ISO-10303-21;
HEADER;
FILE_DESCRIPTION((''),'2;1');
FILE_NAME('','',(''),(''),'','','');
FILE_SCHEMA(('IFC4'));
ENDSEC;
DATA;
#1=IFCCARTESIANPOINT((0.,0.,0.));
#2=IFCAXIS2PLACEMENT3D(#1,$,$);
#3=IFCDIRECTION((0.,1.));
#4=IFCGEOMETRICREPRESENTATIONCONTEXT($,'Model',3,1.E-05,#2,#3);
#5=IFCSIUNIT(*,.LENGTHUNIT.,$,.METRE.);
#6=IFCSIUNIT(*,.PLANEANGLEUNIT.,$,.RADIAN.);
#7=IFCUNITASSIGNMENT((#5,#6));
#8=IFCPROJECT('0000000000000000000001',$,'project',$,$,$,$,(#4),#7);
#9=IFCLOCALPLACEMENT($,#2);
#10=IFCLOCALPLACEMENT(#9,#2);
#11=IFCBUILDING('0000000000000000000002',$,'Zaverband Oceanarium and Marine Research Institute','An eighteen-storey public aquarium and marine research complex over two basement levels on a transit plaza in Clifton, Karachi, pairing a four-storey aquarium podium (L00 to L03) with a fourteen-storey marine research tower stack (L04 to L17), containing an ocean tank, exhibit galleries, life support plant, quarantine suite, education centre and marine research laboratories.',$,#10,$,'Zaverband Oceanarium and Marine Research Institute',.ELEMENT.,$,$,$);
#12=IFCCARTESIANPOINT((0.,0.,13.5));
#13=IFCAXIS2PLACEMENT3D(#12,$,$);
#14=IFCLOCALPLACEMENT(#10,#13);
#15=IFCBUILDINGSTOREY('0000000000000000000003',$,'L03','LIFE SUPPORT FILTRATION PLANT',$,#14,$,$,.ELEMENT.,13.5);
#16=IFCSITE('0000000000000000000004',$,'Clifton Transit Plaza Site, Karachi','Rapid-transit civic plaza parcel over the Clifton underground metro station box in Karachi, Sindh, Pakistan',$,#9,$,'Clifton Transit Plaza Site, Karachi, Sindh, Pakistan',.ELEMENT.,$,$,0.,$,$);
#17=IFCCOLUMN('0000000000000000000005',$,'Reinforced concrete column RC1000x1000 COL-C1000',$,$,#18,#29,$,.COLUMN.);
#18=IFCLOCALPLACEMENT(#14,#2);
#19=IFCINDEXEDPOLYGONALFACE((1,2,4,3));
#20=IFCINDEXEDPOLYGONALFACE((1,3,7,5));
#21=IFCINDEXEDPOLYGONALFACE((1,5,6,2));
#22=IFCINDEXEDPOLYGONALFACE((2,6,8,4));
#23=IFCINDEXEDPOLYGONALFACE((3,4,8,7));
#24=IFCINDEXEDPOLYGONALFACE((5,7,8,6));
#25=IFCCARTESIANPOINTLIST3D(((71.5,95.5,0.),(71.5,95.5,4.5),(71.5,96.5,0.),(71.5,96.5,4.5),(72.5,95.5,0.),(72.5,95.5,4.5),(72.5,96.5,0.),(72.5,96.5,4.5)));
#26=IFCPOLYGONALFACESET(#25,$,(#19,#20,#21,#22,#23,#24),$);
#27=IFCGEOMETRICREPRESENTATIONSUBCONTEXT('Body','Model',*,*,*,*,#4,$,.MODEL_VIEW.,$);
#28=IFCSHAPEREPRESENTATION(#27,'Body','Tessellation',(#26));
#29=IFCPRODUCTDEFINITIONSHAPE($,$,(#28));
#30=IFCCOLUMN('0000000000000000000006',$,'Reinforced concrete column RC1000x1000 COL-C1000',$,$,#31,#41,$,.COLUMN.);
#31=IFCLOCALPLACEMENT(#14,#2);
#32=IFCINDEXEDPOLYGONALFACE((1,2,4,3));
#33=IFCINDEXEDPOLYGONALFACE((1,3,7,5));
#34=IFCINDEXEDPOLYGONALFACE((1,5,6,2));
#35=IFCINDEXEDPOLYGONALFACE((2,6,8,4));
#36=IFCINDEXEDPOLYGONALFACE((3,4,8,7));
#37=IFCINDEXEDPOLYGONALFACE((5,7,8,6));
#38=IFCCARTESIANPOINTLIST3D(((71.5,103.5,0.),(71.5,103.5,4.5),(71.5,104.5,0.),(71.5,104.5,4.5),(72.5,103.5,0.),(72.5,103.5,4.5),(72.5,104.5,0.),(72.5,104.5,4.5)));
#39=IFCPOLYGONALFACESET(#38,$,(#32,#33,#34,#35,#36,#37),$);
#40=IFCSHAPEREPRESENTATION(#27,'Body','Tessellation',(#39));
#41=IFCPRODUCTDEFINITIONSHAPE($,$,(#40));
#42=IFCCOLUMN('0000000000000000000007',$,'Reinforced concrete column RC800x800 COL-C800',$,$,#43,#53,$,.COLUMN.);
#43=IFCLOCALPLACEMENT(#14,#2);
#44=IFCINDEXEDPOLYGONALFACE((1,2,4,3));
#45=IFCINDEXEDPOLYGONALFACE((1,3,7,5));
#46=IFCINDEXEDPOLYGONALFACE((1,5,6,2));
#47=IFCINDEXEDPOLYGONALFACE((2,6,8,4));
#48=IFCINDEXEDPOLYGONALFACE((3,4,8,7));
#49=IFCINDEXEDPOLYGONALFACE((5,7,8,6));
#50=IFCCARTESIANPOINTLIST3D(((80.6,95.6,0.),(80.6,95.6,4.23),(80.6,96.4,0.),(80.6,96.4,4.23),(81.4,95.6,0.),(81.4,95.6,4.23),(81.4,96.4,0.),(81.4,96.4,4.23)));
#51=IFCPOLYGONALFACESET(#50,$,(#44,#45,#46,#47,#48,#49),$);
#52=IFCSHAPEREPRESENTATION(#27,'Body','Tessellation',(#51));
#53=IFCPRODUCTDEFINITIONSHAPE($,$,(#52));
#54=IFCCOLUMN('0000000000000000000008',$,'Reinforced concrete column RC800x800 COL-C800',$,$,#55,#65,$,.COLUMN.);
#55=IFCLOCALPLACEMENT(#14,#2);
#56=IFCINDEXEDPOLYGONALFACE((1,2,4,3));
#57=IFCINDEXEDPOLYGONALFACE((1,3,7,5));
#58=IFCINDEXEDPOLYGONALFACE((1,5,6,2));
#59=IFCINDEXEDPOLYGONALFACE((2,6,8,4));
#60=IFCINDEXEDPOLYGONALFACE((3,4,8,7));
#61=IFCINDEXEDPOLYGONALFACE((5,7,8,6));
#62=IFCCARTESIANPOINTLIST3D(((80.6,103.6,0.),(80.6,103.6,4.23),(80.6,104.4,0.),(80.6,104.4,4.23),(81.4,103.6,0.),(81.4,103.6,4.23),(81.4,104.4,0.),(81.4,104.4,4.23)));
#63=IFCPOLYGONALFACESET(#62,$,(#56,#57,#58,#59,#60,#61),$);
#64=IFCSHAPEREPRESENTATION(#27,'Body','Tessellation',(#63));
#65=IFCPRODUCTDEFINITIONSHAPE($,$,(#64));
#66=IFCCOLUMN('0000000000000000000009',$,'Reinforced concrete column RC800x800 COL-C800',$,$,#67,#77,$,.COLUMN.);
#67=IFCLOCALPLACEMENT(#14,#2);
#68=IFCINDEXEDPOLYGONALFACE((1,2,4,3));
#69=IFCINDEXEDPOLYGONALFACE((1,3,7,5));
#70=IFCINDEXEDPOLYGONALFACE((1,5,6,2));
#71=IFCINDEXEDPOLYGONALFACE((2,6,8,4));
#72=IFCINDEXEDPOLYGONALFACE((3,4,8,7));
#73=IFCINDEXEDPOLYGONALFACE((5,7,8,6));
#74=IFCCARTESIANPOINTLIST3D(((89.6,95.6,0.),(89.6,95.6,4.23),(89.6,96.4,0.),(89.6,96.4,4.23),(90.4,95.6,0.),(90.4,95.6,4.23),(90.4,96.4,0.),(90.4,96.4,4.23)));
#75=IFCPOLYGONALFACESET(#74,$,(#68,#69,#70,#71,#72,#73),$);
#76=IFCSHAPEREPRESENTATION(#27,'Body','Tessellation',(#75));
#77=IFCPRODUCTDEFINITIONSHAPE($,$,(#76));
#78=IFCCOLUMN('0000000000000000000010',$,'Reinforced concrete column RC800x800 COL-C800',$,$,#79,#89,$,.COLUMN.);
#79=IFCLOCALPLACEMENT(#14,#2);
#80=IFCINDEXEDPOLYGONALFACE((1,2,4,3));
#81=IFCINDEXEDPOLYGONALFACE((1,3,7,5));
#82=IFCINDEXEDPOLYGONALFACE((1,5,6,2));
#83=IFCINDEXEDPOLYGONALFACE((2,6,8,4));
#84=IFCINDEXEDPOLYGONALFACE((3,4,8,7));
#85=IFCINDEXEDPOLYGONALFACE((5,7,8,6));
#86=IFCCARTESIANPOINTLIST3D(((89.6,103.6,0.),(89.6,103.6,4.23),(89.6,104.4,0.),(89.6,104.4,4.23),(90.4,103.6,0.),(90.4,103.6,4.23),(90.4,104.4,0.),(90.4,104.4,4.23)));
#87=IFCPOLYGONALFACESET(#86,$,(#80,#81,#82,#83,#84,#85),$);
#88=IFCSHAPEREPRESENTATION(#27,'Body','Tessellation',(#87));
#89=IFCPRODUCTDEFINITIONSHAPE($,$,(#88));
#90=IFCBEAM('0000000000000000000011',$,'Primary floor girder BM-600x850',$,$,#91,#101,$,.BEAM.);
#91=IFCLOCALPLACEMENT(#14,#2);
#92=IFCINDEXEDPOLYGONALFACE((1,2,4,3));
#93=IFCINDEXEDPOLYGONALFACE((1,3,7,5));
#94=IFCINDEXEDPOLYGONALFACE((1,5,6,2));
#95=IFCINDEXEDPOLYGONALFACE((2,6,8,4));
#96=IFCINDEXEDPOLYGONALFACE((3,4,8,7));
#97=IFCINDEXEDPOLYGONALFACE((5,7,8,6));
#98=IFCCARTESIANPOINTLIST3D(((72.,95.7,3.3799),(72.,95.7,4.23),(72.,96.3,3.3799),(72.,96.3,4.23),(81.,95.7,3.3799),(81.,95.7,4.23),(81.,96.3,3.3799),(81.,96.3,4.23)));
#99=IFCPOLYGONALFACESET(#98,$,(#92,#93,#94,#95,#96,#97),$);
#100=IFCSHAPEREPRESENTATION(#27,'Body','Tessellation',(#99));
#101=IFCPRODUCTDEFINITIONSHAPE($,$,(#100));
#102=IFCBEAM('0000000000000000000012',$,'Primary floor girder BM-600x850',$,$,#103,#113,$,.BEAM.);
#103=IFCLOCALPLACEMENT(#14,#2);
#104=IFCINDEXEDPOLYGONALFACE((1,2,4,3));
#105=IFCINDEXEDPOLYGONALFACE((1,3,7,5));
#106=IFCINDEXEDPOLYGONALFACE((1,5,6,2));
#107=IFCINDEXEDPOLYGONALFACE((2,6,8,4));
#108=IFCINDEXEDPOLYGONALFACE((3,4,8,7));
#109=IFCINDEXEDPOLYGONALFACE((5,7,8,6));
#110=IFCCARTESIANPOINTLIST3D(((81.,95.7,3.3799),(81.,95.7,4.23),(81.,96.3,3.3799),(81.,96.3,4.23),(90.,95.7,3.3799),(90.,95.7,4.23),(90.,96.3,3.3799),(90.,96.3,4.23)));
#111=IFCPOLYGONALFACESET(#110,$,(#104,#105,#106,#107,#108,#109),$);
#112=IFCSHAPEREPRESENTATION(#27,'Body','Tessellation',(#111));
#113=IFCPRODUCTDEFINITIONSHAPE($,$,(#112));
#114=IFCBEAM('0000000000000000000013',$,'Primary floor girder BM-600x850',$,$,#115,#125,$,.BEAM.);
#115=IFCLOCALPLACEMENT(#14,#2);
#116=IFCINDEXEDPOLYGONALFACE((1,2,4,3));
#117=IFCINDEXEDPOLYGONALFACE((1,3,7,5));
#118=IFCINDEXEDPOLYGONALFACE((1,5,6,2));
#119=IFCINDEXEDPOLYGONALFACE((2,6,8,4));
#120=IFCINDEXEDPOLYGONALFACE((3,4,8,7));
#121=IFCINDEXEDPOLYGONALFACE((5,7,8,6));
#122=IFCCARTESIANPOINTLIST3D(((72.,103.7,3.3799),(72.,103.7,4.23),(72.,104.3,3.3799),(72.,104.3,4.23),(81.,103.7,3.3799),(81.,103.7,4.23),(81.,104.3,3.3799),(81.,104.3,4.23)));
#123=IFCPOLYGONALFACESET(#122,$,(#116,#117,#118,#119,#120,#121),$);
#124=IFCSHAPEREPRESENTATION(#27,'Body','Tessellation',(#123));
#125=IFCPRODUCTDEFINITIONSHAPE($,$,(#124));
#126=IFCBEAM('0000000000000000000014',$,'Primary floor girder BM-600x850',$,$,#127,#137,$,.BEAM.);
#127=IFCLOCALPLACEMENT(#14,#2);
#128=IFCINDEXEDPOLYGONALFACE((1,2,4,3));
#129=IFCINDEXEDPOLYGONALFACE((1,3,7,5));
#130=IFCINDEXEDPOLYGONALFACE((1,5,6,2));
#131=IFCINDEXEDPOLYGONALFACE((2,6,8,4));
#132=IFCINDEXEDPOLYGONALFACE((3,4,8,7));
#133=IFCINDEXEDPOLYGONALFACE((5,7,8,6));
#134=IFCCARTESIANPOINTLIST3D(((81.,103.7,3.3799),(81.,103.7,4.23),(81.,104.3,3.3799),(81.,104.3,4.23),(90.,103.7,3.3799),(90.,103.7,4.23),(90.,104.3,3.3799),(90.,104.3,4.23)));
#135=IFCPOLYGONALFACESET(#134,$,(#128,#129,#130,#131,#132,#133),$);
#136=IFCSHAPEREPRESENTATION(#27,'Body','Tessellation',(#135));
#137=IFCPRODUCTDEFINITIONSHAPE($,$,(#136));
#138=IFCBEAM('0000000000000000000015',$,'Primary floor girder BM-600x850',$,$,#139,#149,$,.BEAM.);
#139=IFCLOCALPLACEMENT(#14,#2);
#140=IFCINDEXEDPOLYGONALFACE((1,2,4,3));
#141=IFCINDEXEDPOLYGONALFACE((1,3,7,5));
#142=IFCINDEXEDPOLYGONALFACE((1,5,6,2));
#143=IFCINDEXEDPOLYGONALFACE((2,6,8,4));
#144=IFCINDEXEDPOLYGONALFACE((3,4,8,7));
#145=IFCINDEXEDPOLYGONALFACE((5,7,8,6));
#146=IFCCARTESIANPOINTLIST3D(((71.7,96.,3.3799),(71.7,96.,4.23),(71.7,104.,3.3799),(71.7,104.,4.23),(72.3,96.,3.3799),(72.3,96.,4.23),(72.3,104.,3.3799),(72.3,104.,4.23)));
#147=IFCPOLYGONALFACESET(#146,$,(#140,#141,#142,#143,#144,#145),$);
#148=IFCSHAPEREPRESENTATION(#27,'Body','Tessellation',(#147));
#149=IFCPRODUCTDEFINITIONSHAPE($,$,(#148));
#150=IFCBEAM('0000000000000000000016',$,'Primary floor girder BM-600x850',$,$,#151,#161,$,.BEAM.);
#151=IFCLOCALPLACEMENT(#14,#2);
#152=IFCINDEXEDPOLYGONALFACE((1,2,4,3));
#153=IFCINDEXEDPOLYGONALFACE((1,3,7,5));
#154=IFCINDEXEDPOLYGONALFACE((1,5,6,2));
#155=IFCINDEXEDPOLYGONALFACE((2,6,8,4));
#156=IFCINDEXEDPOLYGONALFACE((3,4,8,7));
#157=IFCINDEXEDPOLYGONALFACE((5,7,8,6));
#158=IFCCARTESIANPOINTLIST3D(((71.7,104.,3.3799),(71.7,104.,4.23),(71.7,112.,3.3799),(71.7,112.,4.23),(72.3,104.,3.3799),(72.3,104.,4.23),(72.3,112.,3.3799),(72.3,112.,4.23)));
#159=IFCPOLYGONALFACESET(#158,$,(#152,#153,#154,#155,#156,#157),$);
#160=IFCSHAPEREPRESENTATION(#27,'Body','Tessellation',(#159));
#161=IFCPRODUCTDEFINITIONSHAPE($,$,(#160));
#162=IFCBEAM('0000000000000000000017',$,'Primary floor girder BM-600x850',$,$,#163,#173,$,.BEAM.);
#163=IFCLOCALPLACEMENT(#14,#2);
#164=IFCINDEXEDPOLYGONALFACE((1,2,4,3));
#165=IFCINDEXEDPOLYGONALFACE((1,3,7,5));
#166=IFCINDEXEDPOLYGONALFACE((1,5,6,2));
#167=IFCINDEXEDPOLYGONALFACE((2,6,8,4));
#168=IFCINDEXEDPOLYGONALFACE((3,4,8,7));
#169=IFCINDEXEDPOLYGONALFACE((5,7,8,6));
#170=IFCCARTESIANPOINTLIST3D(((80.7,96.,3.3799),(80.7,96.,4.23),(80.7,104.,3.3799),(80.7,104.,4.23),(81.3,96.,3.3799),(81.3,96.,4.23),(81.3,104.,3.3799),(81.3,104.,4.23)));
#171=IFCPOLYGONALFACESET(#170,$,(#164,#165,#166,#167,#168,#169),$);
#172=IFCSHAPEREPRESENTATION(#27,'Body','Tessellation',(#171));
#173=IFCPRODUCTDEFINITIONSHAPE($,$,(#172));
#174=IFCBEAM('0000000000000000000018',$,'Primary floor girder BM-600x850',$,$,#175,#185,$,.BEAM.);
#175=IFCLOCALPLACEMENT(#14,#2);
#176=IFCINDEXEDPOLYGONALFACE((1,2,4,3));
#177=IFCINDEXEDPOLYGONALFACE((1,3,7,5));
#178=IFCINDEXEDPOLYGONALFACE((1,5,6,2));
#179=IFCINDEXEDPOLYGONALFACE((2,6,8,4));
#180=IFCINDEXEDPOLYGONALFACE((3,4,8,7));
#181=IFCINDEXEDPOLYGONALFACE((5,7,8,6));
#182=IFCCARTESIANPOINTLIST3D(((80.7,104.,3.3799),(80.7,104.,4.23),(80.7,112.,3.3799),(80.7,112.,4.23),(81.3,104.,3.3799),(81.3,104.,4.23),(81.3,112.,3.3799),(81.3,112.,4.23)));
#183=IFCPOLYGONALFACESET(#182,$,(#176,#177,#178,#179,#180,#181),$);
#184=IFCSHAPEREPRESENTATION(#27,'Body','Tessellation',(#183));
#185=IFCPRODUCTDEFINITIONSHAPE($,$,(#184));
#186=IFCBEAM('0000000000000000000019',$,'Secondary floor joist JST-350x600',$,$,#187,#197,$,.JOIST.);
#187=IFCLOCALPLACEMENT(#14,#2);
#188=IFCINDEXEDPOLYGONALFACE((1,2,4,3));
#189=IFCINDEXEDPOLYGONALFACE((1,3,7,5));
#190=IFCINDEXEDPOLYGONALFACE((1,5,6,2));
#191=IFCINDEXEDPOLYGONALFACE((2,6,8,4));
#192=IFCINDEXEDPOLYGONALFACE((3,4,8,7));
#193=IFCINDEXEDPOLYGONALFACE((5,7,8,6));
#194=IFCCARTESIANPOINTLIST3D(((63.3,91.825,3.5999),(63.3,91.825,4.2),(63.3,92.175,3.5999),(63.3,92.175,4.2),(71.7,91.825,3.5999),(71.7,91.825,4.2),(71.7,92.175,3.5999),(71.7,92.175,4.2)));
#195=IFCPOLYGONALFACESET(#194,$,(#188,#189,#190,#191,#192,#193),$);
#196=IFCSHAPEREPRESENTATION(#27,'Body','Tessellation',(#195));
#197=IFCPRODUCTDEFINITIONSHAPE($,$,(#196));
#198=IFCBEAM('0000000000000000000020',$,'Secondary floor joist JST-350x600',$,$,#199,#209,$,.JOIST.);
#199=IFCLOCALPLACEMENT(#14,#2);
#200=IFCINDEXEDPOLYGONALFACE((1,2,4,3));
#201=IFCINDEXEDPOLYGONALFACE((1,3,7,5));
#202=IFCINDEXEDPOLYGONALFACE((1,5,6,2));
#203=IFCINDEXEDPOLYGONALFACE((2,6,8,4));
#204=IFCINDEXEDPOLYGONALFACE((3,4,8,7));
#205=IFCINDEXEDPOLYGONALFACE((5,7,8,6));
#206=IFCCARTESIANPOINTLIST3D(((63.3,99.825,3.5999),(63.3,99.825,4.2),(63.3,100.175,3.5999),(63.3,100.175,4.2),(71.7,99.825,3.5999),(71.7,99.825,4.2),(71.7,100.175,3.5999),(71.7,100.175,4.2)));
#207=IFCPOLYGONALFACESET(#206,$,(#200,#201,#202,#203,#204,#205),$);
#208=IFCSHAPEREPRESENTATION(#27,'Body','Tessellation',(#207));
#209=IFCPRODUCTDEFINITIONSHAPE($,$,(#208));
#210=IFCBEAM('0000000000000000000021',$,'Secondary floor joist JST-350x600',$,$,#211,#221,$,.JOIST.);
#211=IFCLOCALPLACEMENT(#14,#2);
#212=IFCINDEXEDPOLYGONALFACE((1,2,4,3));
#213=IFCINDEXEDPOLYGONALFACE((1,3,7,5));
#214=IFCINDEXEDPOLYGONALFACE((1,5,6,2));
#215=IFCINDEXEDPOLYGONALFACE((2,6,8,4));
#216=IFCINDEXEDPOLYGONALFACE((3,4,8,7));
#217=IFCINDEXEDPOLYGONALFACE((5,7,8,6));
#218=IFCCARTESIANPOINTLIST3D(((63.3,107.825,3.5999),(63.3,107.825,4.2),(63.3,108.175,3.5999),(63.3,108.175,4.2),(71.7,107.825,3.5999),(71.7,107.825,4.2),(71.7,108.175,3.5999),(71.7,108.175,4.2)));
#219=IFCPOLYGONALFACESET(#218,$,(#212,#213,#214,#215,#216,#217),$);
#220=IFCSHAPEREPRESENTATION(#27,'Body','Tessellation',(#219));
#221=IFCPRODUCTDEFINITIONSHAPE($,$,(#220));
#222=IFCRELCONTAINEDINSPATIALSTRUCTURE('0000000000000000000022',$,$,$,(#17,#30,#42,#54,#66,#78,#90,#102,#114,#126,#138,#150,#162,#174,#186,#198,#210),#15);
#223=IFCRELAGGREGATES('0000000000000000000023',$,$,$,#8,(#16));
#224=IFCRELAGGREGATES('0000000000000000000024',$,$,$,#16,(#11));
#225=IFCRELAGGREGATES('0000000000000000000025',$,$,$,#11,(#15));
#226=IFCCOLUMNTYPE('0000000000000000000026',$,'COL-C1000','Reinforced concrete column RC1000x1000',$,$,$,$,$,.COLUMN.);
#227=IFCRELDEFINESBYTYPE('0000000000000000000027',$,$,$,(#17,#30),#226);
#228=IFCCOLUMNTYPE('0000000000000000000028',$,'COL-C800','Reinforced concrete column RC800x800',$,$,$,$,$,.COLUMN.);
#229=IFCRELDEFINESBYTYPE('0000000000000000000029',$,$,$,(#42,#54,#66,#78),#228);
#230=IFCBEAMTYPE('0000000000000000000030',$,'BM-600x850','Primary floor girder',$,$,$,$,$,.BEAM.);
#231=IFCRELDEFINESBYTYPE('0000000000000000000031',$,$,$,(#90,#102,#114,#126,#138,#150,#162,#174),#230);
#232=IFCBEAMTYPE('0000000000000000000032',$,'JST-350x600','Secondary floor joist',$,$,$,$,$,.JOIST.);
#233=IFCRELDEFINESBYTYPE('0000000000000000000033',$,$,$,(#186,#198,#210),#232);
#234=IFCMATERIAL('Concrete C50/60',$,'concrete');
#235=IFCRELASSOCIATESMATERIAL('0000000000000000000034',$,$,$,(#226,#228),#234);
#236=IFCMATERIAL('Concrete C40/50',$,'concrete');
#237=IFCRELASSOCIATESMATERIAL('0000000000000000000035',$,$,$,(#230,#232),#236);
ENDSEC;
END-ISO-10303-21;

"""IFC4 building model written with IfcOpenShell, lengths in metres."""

from ifc_helpers import new_model, si_unit, direction, frame, origin, origin_2d, place, context, subcontext, project, spatial, rectangle, extrude, material, material_profile, profile_set, type_object, element, save


model = new_model("IFC4")

# Units and contexts
model_context = context("Model", 3, precision=1e-05, world=origin(), true_north=direction((0.0, 1.0)))
body_context = subcontext(model_context, "Body", "Model", "MODEL_VIEW")
ifc_project = project(units=[si_unit("LENGTHUNIT", "METRE"), si_unit("PLANEANGLEUNIT", "RADIAN")], contexts=[model_context])

# Site, building, storey
site_placement = place(None, origin())
site = spatial("IfcSite", under=ifc_project, at=site_placement, Name="Clifton Transit Plaza Site, Karachi", Description="Rapid-transit civic plaza parcel over the Clifton underground metro station box in Karachi, Sindh, Pakistan", LongName="Clifton Transit Plaza Site, Karachi, Sindh, Pakistan", CompositionType="ELEMENT", RefElevation=0.0)
building_placement = place(site_placement, origin())
building = spatial("IfcBuilding", under=site, at=building_placement, Name="Zaverband Oceanarium and Marine Research Institute", Description="An eighteen-storey public aquarium and marine research complex over two basement levels on a transit plaza in Clifton, Karachi, pairing a four-storey aquarium podium (L00 to L03) with a fourteen-storey marine research tower stack (L04 to L17), containing an ocean tank, exhibit galleries, life support plant, quarantine suite, education centre and marine research laboratories.", LongName="Zaverband Oceanarium and Marine Research Institute", CompositionType="ELEMENT")
storey_placement = place(building_placement, frame((0.0, 0.0, 13.5)))
storey = spatial("IfcBuildingStorey", under=building, at=storey_placement, Name="L03", Description="LIFE SUPPORT FILTRATION PLANT", CompositionType="ELEMENT", Elevation=13.5)

# Columns
ifc_material_1 = material(Name="Concrete C50/60", Category="concrete")
ifc_material_profile_1 = material_profile(ifc_material_1, rectangle(XDim=1.0, YDim=1.0, at=origin_2d()), Name="RC1000x1000")
ifc_profile_set_1 = profile_set([ifc_material_profile_1], Name="Concrete C50/60")
column_type_1 = type_object("IfcColumnType", Name="COL-C1000", Description="Reinforced concrete column RC1000x1000", PredefinedType="COLUMN", material=ifc_profile_set_1)
for number, where, z_axis, x_axis, name in (
    (1, (72.0, 96.0, 0.0), (0.0, 0.0, 1.0), (1.0, 0.0, 0.0), "Reinforced concrete column RC1000x1000 COL-C1000"),
    (2, (72.0, 104.0, 0.0), (0.0, 0.0, 1.0), (1.0, 0.0, 0.0), "Reinforced concrete column RC1000x1000 COL-C1000"),
):
    element("IfcColumn", number, at=place(storey_placement, frame(where, z_axis=z_axis, x_axis=x_axis)), inside=storey, type_object=column_type_1, Name=name, PredefinedType="COLUMN", context=body_context, shape_type="SweptSolid", body=[
        extrude(rectangle(XDim=1.0, YDim=1.0, at=origin_2d()), origin(), (0.0, 0.0, 1.0), 4.5),
    ])
ifc_material_profile_2 = material_profile(ifc_material_1, rectangle(XDim=0.8, YDim=0.8, at=origin_2d()), Name="RC800x800")
ifc_profile_set_2 = profile_set([ifc_material_profile_2], Name="Concrete C50/60")
column_type_2 = type_object("IfcColumnType", Name="COL-C800", Description="Reinforced concrete column RC800x800", PredefinedType="COLUMN", material=ifc_profile_set_2)
for number, where, z_axis, x_axis, name in (
    (3, (81.0, 96.0, 0.0), (0.0, 0.0, 1.0), (1.0, 0.0, 0.0), "Reinforced concrete column RC800x800 COL-C800"),
    (4, (81.0, 104.0, 0.0), (0.0, 0.0, 1.0), (1.0, 0.0, 0.0), "Reinforced concrete column RC800x800 COL-C800"),
    (5, (90.0, 96.0, 0.0), (0.0, 0.0, 1.0), (1.0, 0.0, 0.0), "Reinforced concrete column RC800x800 COL-C800"),
    (6, (90.0, 104.0, 0.0), (0.0, 0.0, 1.0), (1.0, 0.0, 0.0), "Reinforced concrete column RC800x800 COL-C800"),
):
    element("IfcColumn", number, at=place(storey_placement, frame(where, z_axis=z_axis, x_axis=x_axis)), inside=storey, type_object=column_type_2, Name=name, PredefinedType="COLUMN", context=body_context, shape_type="SweptSolid", body=[
        extrude(rectangle(XDim=0.8, YDim=0.8, at=origin_2d()), origin(), (0.0, 0.0, 1.0), 4.23),
    ])

# Beams
ifc_material_2 = material(Name="Concrete C40/50", Category="concrete")
ifc_material_profile_3 = material_profile(ifc_material_2, rectangle(XDim=0.6001, YDim=0.8501, at=origin_2d()), Name="RC600x850")
ifc_profile_set_3 = profile_set([ifc_material_profile_3], Name="Concrete C40/50")
beam_type_1 = type_object("IfcBeamType", Name="BM-600x850", Description="Primary floor girder", PredefinedType="BEAM", material=ifc_profile_set_3)
for number, where, z_axis, x_axis, name in (
    (7, (72.0, 96.0, 3.8049), (1.0, 0.0, 0.0), (0.0, 1.0, 0.0), "Primary floor girder BM-600x850"),
    (8, (81.0, 96.0, 3.8049), (1.0, 0.0, 0.0), (0.0, 1.0, 0.0), "Primary floor girder BM-600x850"),
    (9, (72.0, 104.0, 3.8049), (1.0, 0.0, 0.0), (0.0, 1.0, 0.0), "Primary floor girder BM-600x850"),
    (10, (81.0, 104.0, 3.8049), (1.0, 0.0, 0.0), (0.0, 1.0, 0.0), "Primary floor girder BM-600x850"),
):
    element("IfcBeam", number, at=place(storey_placement, frame(where, z_axis=z_axis, x_axis=x_axis)), inside=storey, type_object=beam_type_1, Name=name, PredefinedType="BEAM", context=body_context, shape_type="SweptSolid", body=[
        extrude(rectangle(XDim=0.6001, YDim=0.8501, at=origin_2d()), origin(), (0.0, 0.0, 1.0), 9.0),
    ])
for number, where, z_axis, x_axis, name in (
    (11, (72.0, 96.0, 3.8049), (0.0, 1.0, 0.0), (-1.0, 0.0, 0.0), "Primary floor girder BM-600x850"),
    (12, (72.0, 104.0, 3.8049), (0.0, 1.0, 0.0), (-1.0, 0.0, 0.0), "Primary floor girder BM-600x850"),
    (13, (81.0, 96.0, 3.8049), (0.0, 1.0, 0.0), (-1.0, 0.0, 0.0), "Primary floor girder BM-600x850"),
    (14, (81.0, 104.0, 3.8049), (0.0, 1.0, 0.0), (-1.0, 0.0, 0.0), "Primary floor girder BM-600x850"),
):
    element("IfcBeam", number, at=place(storey_placement, frame(where, z_axis=z_axis, x_axis=x_axis)), inside=storey, type_object=beam_type_1, Name=name, PredefinedType="BEAM", context=body_context, shape_type="SweptSolid", body=[
        extrude(rectangle(XDim=0.6001, YDim=0.8501, at=origin_2d()), origin(), (0.0, 0.0, 1.0), 8.0),
    ])
ifc_material_profile_4 = material_profile(ifc_material_2, rectangle(XDim=0.3501, YDim=0.6001, at=origin_2d()), Name="RC350x600")
ifc_profile_set_4 = profile_set([ifc_material_profile_4], Name="Concrete C40/50")
beam_type_2 = type_object("IfcBeamType", Name="JST-350x600", Description="Secondary floor joist", PredefinedType="JOIST", material=ifc_profile_set_4)
for number, where, z_axis, x_axis, name in (
    (15, (63.3, 92.0, 3.8999), (1.0, 0.0, 0.0), (0.0, 1.0, 0.0), "Secondary floor joist JST-350x600"),
    (16, (63.3, 100.0, 3.8999), (1.0, 0.0, 0.0), (0.0, 1.0, 0.0), "Secondary floor joist JST-350x600"),
    (17, (63.3, 108.0, 3.8999), (1.0, 0.0, 0.0), (0.0, 1.0, 0.0), "Secondary floor joist JST-350x600"),
):
    element("IfcBeam", number, at=place(storey_placement, frame(where, z_axis=z_axis, x_axis=x_axis)), inside=storey, type_object=beam_type_2, Name=name, PredefinedType="JOIST", context=body_context, shape_type="SweptSolid", body=[
        extrude(rectangle(XDim=0.3501, YDim=0.6001, at=origin_2d()), origin(), (0.0, 0.0, 1.0), 8.3999),
    ])

save(model, "model.ifc")
